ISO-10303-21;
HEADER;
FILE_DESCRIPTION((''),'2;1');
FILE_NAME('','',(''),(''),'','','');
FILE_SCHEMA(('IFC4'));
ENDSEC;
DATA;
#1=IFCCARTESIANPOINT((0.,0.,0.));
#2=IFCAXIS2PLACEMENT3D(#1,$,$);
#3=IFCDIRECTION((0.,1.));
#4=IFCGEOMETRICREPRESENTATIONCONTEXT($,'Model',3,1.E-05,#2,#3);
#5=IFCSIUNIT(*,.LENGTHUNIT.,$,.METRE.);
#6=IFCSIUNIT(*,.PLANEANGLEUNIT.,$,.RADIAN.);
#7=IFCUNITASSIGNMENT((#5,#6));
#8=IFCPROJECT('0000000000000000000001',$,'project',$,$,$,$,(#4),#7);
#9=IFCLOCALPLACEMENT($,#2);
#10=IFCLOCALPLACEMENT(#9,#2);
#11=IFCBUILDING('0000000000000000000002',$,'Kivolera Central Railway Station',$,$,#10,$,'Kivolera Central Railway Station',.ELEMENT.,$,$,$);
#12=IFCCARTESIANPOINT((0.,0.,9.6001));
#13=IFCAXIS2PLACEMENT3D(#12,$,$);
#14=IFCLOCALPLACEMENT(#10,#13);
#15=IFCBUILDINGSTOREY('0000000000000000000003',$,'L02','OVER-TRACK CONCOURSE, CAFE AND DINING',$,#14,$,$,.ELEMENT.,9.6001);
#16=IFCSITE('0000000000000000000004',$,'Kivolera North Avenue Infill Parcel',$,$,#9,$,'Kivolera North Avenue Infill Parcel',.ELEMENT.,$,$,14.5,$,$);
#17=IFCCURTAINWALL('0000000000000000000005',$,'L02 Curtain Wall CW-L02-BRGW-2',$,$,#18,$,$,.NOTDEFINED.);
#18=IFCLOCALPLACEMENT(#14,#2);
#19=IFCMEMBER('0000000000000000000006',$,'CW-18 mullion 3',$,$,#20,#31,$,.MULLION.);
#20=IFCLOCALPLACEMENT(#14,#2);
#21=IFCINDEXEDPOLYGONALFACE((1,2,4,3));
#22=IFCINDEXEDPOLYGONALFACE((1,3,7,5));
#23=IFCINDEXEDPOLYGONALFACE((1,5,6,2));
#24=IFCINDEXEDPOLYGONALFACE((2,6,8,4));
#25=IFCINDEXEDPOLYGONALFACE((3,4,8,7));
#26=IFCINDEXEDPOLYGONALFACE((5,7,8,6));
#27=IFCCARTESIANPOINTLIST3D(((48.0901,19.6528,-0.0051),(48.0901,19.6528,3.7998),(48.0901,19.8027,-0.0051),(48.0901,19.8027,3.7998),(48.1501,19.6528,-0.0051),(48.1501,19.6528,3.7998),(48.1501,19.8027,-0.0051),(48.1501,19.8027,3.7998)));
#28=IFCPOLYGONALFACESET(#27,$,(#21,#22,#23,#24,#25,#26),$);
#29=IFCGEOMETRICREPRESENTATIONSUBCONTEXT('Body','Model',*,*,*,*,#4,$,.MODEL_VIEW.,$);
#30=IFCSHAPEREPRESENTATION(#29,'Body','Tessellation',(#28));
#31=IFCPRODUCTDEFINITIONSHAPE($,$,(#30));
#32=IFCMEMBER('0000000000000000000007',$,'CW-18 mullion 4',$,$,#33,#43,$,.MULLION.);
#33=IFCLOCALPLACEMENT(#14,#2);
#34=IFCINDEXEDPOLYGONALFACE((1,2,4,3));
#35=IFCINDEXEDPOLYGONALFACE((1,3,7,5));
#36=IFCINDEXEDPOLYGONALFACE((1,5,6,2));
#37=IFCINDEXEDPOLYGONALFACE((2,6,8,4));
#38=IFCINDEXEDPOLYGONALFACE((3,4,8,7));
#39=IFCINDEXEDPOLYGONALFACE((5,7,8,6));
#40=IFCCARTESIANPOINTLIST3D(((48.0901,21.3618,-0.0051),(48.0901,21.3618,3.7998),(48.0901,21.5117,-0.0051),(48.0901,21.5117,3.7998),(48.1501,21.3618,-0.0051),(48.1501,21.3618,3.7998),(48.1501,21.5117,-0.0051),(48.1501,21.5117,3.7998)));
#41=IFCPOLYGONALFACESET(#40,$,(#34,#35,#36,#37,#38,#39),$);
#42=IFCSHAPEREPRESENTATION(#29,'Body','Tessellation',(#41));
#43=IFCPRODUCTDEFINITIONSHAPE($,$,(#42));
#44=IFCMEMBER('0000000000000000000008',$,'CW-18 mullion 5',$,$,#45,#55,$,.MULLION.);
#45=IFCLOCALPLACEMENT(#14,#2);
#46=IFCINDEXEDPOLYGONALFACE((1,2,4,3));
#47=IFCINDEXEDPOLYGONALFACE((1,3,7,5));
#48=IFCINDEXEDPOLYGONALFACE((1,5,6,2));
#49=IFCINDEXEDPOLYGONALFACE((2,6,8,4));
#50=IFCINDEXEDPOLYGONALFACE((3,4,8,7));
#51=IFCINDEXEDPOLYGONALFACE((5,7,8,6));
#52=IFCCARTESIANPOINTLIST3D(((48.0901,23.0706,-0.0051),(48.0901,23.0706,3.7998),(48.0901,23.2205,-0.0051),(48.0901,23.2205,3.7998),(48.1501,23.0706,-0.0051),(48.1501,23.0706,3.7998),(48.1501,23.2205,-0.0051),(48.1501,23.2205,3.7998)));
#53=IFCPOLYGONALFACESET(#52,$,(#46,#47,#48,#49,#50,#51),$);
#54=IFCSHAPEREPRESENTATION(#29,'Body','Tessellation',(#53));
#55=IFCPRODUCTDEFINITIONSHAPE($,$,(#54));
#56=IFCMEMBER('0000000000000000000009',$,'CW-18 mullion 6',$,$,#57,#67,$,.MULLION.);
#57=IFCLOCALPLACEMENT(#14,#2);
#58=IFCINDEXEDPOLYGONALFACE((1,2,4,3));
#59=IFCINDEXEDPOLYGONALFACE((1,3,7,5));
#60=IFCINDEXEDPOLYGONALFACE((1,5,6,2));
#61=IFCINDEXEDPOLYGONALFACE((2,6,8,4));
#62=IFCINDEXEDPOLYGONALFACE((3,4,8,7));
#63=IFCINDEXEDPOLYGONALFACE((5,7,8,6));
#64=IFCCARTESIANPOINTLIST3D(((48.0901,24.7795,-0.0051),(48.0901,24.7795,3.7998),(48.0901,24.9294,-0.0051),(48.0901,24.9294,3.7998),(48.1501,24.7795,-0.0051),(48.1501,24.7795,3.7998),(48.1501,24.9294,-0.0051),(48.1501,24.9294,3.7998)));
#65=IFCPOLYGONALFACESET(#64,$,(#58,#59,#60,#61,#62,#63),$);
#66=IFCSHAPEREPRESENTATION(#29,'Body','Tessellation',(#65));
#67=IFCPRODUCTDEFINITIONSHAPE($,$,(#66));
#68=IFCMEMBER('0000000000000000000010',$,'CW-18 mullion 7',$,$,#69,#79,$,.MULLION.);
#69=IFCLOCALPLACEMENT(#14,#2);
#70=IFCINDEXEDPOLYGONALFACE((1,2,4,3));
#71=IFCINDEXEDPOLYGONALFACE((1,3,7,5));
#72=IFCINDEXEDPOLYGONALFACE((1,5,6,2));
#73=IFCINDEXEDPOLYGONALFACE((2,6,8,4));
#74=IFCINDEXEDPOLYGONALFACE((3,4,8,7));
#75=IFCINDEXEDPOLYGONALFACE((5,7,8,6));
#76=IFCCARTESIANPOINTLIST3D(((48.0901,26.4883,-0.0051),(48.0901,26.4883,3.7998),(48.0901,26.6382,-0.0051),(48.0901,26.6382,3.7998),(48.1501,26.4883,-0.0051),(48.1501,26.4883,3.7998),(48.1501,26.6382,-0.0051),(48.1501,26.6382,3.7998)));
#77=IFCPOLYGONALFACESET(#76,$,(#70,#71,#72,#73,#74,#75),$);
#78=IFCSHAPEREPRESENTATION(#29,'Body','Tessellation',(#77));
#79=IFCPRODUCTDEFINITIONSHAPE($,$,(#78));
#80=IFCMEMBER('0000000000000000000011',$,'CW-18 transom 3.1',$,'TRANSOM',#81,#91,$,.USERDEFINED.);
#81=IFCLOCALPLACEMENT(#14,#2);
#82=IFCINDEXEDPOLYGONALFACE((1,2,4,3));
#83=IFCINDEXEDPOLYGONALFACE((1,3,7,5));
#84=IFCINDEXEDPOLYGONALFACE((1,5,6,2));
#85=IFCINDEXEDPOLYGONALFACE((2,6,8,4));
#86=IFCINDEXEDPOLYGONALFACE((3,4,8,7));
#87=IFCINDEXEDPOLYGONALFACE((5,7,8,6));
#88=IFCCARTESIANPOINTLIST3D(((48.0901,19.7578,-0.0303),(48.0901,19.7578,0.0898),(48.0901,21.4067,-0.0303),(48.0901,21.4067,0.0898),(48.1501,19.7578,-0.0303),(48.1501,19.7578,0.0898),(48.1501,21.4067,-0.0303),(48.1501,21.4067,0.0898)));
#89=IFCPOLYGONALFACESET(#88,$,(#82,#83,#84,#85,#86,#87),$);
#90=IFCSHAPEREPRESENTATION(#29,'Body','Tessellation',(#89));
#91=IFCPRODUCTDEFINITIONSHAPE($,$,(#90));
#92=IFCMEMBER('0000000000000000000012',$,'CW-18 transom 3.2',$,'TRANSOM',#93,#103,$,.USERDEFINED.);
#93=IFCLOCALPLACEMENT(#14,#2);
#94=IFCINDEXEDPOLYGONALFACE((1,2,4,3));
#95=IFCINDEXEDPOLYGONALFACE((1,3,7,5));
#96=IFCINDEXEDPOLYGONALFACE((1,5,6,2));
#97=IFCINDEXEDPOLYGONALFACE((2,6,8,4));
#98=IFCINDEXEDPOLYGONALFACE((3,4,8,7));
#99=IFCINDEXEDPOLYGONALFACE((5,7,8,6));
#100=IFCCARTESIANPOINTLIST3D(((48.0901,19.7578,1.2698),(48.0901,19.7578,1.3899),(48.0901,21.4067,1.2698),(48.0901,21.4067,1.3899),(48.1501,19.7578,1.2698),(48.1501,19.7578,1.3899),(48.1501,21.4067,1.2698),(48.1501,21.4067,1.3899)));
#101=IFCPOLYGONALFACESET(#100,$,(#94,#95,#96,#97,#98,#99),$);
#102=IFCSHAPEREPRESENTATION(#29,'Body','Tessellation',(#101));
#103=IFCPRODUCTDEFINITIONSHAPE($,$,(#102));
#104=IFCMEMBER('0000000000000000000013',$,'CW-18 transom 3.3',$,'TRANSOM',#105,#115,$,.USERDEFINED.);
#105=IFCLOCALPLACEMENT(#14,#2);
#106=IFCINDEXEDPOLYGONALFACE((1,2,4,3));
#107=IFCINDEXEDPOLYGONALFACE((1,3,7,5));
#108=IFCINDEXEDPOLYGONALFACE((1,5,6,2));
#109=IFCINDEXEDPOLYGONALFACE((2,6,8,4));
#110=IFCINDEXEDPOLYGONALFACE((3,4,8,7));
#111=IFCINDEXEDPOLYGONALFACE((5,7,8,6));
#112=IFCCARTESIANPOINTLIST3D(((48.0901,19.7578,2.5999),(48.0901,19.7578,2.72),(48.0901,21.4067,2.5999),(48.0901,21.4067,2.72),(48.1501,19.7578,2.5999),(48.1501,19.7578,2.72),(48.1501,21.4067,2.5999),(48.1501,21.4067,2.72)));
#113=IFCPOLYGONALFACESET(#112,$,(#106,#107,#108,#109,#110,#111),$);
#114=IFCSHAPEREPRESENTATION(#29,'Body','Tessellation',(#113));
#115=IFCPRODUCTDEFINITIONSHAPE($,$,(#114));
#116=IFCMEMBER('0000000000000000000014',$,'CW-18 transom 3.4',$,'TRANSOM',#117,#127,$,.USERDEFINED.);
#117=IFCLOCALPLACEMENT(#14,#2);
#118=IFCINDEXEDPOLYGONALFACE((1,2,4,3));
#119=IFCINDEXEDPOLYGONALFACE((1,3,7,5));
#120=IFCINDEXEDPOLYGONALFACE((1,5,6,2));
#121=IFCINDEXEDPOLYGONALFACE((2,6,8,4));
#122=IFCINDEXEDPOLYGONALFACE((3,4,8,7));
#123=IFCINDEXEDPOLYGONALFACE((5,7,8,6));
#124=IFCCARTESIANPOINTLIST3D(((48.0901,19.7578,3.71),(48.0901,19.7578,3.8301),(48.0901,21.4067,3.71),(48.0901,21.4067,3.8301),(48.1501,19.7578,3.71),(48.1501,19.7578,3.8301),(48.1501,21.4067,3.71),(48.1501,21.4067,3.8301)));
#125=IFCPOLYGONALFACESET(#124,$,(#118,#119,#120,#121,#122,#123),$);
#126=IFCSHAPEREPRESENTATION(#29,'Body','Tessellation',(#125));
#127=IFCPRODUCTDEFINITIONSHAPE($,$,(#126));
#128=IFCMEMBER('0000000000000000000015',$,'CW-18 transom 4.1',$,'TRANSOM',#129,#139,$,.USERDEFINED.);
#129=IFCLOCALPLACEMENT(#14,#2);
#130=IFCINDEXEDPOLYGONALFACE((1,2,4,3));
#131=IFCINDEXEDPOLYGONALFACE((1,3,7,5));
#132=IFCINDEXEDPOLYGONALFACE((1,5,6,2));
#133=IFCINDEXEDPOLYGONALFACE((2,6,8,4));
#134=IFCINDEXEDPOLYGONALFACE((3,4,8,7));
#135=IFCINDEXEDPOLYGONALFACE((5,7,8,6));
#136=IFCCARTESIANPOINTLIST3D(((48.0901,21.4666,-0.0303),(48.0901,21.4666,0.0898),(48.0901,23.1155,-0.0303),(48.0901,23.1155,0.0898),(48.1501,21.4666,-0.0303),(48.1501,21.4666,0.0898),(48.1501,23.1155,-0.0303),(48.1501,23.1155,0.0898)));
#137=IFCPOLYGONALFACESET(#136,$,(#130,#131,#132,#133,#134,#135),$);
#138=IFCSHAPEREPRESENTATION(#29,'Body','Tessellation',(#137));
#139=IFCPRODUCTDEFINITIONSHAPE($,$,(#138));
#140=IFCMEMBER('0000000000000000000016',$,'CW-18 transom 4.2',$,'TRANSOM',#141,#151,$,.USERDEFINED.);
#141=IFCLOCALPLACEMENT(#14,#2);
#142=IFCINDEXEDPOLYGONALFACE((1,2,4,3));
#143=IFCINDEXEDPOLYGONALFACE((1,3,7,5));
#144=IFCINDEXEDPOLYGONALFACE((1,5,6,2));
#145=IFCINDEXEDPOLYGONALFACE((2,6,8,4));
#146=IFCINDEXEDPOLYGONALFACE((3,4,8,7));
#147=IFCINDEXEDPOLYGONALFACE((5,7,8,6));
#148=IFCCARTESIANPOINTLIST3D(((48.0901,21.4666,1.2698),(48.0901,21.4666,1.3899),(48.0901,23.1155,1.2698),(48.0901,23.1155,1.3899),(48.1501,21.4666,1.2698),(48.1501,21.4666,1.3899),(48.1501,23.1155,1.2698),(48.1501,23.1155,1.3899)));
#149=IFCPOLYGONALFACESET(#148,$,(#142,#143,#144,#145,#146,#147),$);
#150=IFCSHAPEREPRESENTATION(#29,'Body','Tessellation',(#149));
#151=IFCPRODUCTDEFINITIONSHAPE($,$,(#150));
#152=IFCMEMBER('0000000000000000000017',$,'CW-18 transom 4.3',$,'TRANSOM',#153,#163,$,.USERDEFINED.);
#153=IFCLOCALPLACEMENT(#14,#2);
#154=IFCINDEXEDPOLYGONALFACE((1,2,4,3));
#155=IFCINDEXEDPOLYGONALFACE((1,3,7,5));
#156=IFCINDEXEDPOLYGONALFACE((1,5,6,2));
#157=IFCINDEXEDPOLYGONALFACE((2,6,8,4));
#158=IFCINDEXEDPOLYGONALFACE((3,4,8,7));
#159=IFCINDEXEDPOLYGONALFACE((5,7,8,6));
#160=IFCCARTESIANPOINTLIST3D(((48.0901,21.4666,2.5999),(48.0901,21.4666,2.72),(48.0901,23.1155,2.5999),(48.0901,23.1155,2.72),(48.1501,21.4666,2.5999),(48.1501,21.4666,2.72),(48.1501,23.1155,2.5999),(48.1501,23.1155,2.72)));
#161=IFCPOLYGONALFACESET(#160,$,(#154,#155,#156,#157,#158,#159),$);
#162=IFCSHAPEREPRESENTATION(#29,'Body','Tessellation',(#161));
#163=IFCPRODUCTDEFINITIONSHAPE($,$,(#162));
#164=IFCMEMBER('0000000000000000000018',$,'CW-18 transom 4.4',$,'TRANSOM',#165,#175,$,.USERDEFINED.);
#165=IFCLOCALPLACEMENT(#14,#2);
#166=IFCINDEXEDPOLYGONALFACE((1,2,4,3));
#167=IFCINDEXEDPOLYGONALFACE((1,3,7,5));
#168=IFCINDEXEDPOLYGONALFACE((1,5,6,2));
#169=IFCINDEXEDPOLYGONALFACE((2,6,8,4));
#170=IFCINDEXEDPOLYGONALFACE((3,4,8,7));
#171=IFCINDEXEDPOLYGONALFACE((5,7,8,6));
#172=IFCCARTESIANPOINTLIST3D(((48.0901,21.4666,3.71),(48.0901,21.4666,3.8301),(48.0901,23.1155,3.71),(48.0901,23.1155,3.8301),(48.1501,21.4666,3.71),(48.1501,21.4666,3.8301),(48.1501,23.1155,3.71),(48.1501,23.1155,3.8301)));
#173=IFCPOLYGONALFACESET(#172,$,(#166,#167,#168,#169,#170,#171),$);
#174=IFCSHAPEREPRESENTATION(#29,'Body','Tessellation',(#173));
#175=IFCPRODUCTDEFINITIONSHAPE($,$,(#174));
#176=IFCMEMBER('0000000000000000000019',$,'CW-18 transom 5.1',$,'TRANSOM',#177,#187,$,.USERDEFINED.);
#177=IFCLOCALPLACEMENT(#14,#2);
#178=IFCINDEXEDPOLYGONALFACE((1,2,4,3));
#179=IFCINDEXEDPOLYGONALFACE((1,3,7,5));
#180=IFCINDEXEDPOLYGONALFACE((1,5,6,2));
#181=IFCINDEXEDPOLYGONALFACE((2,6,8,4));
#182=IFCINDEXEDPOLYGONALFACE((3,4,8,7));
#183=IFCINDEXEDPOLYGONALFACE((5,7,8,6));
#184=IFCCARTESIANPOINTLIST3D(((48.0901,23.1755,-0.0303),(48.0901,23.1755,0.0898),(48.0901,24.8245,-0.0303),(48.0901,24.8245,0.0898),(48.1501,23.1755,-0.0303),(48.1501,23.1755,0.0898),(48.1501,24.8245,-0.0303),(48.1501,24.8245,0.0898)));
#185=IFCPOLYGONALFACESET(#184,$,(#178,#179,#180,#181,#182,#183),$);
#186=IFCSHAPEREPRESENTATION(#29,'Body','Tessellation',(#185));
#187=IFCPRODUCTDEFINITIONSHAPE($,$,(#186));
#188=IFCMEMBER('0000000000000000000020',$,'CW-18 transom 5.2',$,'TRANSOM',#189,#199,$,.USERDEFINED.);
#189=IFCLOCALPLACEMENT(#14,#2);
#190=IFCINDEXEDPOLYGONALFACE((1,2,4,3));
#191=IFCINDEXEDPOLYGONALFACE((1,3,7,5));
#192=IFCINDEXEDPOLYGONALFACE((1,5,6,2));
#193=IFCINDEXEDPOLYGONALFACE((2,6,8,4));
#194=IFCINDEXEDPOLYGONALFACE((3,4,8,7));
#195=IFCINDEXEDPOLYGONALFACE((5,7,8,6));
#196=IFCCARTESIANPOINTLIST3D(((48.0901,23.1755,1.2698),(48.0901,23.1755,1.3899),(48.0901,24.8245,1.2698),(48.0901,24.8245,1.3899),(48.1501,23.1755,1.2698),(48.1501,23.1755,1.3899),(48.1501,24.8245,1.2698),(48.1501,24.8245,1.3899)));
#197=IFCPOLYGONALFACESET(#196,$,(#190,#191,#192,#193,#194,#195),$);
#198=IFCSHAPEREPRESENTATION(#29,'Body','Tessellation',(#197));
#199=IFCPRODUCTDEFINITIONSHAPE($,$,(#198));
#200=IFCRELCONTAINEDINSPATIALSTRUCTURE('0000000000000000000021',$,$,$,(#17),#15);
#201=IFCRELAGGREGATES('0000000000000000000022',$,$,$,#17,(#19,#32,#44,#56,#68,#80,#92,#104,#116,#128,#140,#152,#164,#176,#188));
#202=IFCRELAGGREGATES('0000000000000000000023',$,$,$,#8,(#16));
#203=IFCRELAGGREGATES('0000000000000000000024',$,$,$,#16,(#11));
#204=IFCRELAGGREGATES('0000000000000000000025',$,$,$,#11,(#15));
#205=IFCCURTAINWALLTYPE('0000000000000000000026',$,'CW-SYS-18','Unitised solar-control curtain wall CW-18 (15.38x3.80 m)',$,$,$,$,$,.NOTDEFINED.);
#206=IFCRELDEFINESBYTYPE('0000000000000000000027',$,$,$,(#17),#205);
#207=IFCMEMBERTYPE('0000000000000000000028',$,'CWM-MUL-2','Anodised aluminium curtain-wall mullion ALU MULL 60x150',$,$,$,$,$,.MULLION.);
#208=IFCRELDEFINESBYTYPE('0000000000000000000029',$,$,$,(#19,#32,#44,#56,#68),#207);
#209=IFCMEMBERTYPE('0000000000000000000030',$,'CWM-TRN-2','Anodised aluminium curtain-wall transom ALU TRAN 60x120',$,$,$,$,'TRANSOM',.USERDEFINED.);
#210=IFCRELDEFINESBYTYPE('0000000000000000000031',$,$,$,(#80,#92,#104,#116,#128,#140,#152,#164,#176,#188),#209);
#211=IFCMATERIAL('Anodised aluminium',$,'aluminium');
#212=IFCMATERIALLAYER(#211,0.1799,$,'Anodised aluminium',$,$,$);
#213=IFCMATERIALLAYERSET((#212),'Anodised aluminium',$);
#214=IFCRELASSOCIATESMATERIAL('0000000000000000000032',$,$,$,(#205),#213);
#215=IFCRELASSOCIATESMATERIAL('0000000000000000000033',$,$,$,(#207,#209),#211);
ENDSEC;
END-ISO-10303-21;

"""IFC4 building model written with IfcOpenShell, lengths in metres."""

from ifc_helpers import new_model, si_unit, direction, frame, origin, origin_2d, place, context, subcontext, project, spatial, rectangle, extrude, material, layer, layer_set, material_profile, profile_set, type_object, element, aggregate, save


model = new_model("IFC4")

# Units and contexts
model_context = context("Model", 3, precision=1e-05, world=origin(), true_north=direction((0.0, 1.0)))
body_context = subcontext(model_context, "Body", "Model", "MODEL_VIEW")
ifc_project = project(units=[si_unit("LENGTHUNIT", "METRE"), si_unit("PLANEANGLEUNIT", "RADIAN")], contexts=[model_context])

# Site, building, storey
site_placement = place(None, origin())
site = spatial("IfcSite", under=ifc_project, at=site_placement, Name="Kivolera North Avenue Infill Parcel", LongName="Kivolera North Avenue Infill Parcel", CompositionType="ELEMENT", RefElevation=14.5)
building_placement = place(site_placement, origin())
building = spatial("IfcBuilding", under=site, at=building_placement, Name="Kivolera Central Railway Station", LongName="Kivolera Central Railway Station", CompositionType="ELEMENT")
storey_placement = place(building_placement, frame((0.0, 0.0, 9.6001)))
storey = spatial("IfcBuildingStorey", under=building, at=storey_placement, Name="L02", Description="OVER-TRACK CONCOURSE, CAFE AND DINING", CompositionType="ELEMENT", Elevation=9.6001)

# Curtain wall, members
ifc_material_1 = material(Name="Anodised aluminium", Category="aluminium")
ifc_layer_1 = layer(ifc_material_1, 0.1799, Name="Anodised aluminium")
ifc_layer_set_1 = layer_set([ifc_layer_1], Name="Anodised aluminium")
curtain_wall_type = type_object("IfcCurtainWallType", Name="CW-SYS-18", Description="Unitised solar-control curtain wall CW-18 (15.38x3.80 m)", PredefinedType="NOTDEFINED", material=ifc_layer_set_1)
curtain_wall_placement = place(storey_placement, origin())
curtain_wall = element("IfcCurtainWall", 1, at=curtain_wall_placement, inside=storey, type_object=curtain_wall_type, Name="L02 Curtain Wall CW-L02-BRGW-2", PredefinedType="NOTDEFINED")
ifc_material_profile_1 = material_profile(ifc_material_1, rectangle(XDim=0.0601, YDim=0.1499, at=origin_2d()), Name="ALU MULL 60x150")
ifc_profile_set_1 = profile_set([ifc_material_profile_1], Name="Anodised aluminium")
member_type_1 = type_object("IfcMemberType", Name="CWM-MUL-2", Description="Anodised aluminium curtain-wall mullion ALU MULL 60x150", PredefinedType="MULLION", material=ifc_profile_set_1)
member_1_placement = place(storey_placement, frame((48.1201, 19.7278, -0.0051), z_axis=(0.0, 0.0, 1.0), x_axis=(-1.0, 0.0, 0.0)))
member_1 = element("IfcMember", 2, at=member_1_placement, type_object=member_type_1, Name="CW-18 mullion 3", PredefinedType="MULLION", context=body_context, shape_type="SweptSolid", body=[
    extrude(rectangle(XDim=0.0601, YDim=0.1499, at=origin_2d()), origin(), (0.0, 0.0, 1.0), 3.8049),
])
member_2_placement = place(storey_placement, frame((48.1201, 21.4368, -0.0051), z_axis=(0.0, 0.0, 1.0), x_axis=(-1.0, 0.0, 0.0)))
member_2 = element("IfcMember", 3, at=member_2_placement, type_object=member_type_1, Name="CW-18 mullion 4", PredefinedType="MULLION", context=body_context, shape_type="SweptSolid", body=[
    extrude(rectangle(XDim=0.0601, YDim=0.1499, at=origin_2d()), origin(), (0.0, 0.0, 1.0), 3.8049),
])
member_3_placement = place(storey_placement, frame((48.1201, 23.1455, -0.0051), z_axis=(0.0, 0.0, 1.0), x_axis=(-1.0, 0.0, 0.0)))
member_3 = element("IfcMember", 4, at=member_3_placement, type_object=member_type_1, Name="CW-18 mullion 5", PredefinedType="MULLION", context=body_context, shape_type="SweptSolid", body=[
    extrude(rectangle(XDim=0.0601, YDim=0.1499, at=origin_2d()), origin(), (0.0, 0.0, 1.0), 3.8049),
])
member_4_placement = place(storey_placement, frame((48.1201, 24.8545, -0.0051), z_axis=(0.0, 0.0, 1.0), x_axis=(-1.0, 0.0, 0.0)))
member_4 = element("IfcMember", 5, at=member_4_placement, type_object=member_type_1, Name="CW-18 mullion 6", PredefinedType="MULLION", context=body_context, shape_type="SweptSolid", body=[
    extrude(rectangle(XDim=0.0601, YDim=0.1499, at=origin_2d()), origin(), (0.0, 0.0, 1.0), 3.8049),
])
member_5_placement = place(storey_placement, frame((48.1201, 26.5632, -0.0051), z_axis=(0.0, 0.0, 1.0), x_axis=(-1.0, 0.0, 0.0)))
member_5 = element("IfcMember", 6, at=member_5_placement, type_object=member_type_1, Name="CW-18 mullion 7", PredefinedType="MULLION", context=body_context, shape_type="SweptSolid", body=[
    extrude(rectangle(XDim=0.0601, YDim=0.1499, at=origin_2d()), origin(), (0.0, 0.0, 1.0), 3.8049),
])
ifc_material_profile_2 = material_profile(ifc_material_1, rectangle(XDim=0.0601, YDim=0.1201, at=origin_2d()), Name="ALU TRAN 60x120")
ifc_profile_set_2 = profile_set([ifc_material_profile_2], Name="Anodised aluminium")
member_type_2 = type_object("IfcMemberType", Name="CWM-TRN-2", Description="Anodised aluminium curtain-wall transom ALU TRAN 60x120", ElementType="TRANSOM", PredefinedType="USERDEFINED", material=ifc_profile_set_2)
member_6_placement = place(storey_placement, frame((48.1201, 19.7578, 0.0298), z_axis=(0.0, 1.0, 0.0), x_axis=(-1.0, 0.0, 0.0)))
member_6 = element("IfcMember", 7, at=member_6_placement, type_object=member_type_2, Name="CW-18 transom 3.1", ObjectType="TRANSOM", PredefinedType="USERDEFINED", context=body_context, shape_type="SweptSolid", body=[
    extrude(rectangle(XDim=0.0601, YDim=0.1201, at=origin_2d()), origin(), (0.0, 0.0, 1.0), 1.6489),
])
member_7_placement = place(storey_placement, frame((48.1201, 19.7578, 1.3298), z_axis=(0.0, 1.0, 0.0), x_axis=(-1.0, 0.0, 0.0)))
member_7 = element("IfcMember", 8, at=member_7_placement, type_object=member_type_2, Name="CW-18 transom 3.2", ObjectType="TRANSOM", PredefinedType="USERDEFINED", context=body_context, shape_type="SweptSolid", body=[
    extrude(rectangle(XDim=0.0601, YDim=0.1201, at=origin_2d()), origin(), (0.0, 0.0, 1.0), 1.6489),
])
member_8_placement = place(storey_placement, frame((48.1201, 19.7578, 2.6599), z_axis=(0.0, 1.0, 0.0), x_axis=(-1.0, 0.0, 0.0)))
member_8 = element("IfcMember", 9, at=member_8_placement, type_object=member_type_2, Name="CW-18 transom 3.3", ObjectType="TRANSOM", PredefinedType="USERDEFINED", context=body_context, shape_type="SweptSolid", body=[
    extrude(rectangle(XDim=0.0601, YDim=0.1201, at=origin_2d()), origin(), (0.0, 0.0, 1.0), 1.6489),
])
member_9_placement = place(storey_placement, frame((48.1201, 19.7578, 3.77), z_axis=(0.0, 1.0, 0.0), x_axis=(-1.0, 0.0, 0.0)))
member_9 = element("IfcMember", 10, at=member_9_placement, type_object=member_type_2, Name="CW-18 transom 3.4", ObjectType="TRANSOM", PredefinedType="USERDEFINED", context=body_context, shape_type="SweptSolid", body=[
    extrude(rectangle(XDim=0.0601, YDim=0.1201, at=origin_2d()), origin(), (0.0, 0.0, 1.0), 1.6489),
])
member_10_placement = place(storey_placement, frame((48.1201, 21.4666, 0.0298), z_axis=(0.0, 1.0, 0.0), x_axis=(-1.0, 0.0, 0.0)))
member_10 = element("IfcMember", 11, at=member_10_placement, type_object=member_type_2, Name="CW-18 transom 4.1", ObjectType="TRANSOM", PredefinedType="USERDEFINED", context=body_context, shape_type="SweptSolid", body=[
    extrude(rectangle(XDim=0.0601, YDim=0.1201, at=origin_2d()), origin(), (0.0, 0.0, 1.0), 1.6489),
])
member_11_placement = place(storey_placement, frame((48.1201, 21.4666, 1.3298), z_axis=(0.0, 1.0, 0.0), x_axis=(-1.0, 0.0, 0.0)))
member_11 = element("IfcMember", 12, at=member_11_placement, type_object=member_type_2, Name="CW-18 transom 4.2", ObjectType="TRANSOM", PredefinedType="USERDEFINED", context=body_context, shape_type="SweptSolid", body=[
    extrude(rectangle(XDim=0.0601, YDim=0.1201, at=origin_2d()), origin(), (0.0, 0.0, 1.0), 1.6489),
])
member_12_placement = place(storey_placement, frame((48.1201, 21.4666, 2.6599), z_axis=(0.0, 1.0, 0.0), x_axis=(-1.0, 0.0, 0.0)))
member_12 = element("IfcMember", 13, at=member_12_placement, type_object=member_type_2, Name="CW-18 transom 4.3", ObjectType="TRANSOM", PredefinedType="USERDEFINED", context=body_context, shape_type="SweptSolid", body=[
    extrude(rectangle(XDim=0.0601, YDim=0.1201, at=origin_2d()), origin(), (0.0, 0.0, 1.0), 1.6489),
])
member_13_placement = place(storey_placement, frame((48.1201, 21.4666, 3.77), z_axis=(0.0, 1.0, 0.0), x_axis=(-1.0, 0.0, 0.0)))
member_13 = element("IfcMember", 14, at=member_13_placement, type_object=member_type_2, Name="CW-18 transom 4.4", ObjectType="TRANSOM", PredefinedType="USERDEFINED", context=body_context, shape_type="SweptSolid", body=[
    extrude(rectangle(XDim=0.0601, YDim=0.1201, at=origin_2d()), origin(), (0.0, 0.0, 1.0), 1.6489),
])
member_14_placement = place(storey_placement, frame((48.1201, 23.1755, 0.0298), z_axis=(0.0, 1.0, 0.0), x_axis=(-1.0, 0.0, 0.0)))
member_14 = element("IfcMember", 15, at=member_14_placement, type_object=member_type_2, Name="CW-18 transom 5.1", ObjectType="TRANSOM", PredefinedType="USERDEFINED", context=body_context, shape_type="SweptSolid", body=[
    extrude(rectangle(XDim=0.0601, YDim=0.1201, at=origin_2d()), origin(), (0.0, 0.0, 1.0), 1.6489),
])
member_15_placement = place(storey_placement, frame((48.1201, 23.1755, 1.3298), z_axis=(0.0, 1.0, 0.0), x_axis=(-1.0, 0.0, 0.0)))
member_15 = element("IfcMember", 16, at=member_15_placement, type_object=member_type_2, Name="CW-18 transom 5.2", ObjectType="TRANSOM", PredefinedType="USERDEFINED", context=body_context, shape_type="SweptSolid", body=[
    extrude(rectangle(XDim=0.0601, YDim=0.1201, at=origin_2d()), origin(), (0.0, 0.0, 1.0), 1.6489),
])
aggregate(curtain_wall, [member_1, member_2, member_3, member_4, member_5, member_6, member_7, member_8, member_9, member_10, member_11, member_12, member_13, member_14, member_15])

save(model, "model.ifc")
